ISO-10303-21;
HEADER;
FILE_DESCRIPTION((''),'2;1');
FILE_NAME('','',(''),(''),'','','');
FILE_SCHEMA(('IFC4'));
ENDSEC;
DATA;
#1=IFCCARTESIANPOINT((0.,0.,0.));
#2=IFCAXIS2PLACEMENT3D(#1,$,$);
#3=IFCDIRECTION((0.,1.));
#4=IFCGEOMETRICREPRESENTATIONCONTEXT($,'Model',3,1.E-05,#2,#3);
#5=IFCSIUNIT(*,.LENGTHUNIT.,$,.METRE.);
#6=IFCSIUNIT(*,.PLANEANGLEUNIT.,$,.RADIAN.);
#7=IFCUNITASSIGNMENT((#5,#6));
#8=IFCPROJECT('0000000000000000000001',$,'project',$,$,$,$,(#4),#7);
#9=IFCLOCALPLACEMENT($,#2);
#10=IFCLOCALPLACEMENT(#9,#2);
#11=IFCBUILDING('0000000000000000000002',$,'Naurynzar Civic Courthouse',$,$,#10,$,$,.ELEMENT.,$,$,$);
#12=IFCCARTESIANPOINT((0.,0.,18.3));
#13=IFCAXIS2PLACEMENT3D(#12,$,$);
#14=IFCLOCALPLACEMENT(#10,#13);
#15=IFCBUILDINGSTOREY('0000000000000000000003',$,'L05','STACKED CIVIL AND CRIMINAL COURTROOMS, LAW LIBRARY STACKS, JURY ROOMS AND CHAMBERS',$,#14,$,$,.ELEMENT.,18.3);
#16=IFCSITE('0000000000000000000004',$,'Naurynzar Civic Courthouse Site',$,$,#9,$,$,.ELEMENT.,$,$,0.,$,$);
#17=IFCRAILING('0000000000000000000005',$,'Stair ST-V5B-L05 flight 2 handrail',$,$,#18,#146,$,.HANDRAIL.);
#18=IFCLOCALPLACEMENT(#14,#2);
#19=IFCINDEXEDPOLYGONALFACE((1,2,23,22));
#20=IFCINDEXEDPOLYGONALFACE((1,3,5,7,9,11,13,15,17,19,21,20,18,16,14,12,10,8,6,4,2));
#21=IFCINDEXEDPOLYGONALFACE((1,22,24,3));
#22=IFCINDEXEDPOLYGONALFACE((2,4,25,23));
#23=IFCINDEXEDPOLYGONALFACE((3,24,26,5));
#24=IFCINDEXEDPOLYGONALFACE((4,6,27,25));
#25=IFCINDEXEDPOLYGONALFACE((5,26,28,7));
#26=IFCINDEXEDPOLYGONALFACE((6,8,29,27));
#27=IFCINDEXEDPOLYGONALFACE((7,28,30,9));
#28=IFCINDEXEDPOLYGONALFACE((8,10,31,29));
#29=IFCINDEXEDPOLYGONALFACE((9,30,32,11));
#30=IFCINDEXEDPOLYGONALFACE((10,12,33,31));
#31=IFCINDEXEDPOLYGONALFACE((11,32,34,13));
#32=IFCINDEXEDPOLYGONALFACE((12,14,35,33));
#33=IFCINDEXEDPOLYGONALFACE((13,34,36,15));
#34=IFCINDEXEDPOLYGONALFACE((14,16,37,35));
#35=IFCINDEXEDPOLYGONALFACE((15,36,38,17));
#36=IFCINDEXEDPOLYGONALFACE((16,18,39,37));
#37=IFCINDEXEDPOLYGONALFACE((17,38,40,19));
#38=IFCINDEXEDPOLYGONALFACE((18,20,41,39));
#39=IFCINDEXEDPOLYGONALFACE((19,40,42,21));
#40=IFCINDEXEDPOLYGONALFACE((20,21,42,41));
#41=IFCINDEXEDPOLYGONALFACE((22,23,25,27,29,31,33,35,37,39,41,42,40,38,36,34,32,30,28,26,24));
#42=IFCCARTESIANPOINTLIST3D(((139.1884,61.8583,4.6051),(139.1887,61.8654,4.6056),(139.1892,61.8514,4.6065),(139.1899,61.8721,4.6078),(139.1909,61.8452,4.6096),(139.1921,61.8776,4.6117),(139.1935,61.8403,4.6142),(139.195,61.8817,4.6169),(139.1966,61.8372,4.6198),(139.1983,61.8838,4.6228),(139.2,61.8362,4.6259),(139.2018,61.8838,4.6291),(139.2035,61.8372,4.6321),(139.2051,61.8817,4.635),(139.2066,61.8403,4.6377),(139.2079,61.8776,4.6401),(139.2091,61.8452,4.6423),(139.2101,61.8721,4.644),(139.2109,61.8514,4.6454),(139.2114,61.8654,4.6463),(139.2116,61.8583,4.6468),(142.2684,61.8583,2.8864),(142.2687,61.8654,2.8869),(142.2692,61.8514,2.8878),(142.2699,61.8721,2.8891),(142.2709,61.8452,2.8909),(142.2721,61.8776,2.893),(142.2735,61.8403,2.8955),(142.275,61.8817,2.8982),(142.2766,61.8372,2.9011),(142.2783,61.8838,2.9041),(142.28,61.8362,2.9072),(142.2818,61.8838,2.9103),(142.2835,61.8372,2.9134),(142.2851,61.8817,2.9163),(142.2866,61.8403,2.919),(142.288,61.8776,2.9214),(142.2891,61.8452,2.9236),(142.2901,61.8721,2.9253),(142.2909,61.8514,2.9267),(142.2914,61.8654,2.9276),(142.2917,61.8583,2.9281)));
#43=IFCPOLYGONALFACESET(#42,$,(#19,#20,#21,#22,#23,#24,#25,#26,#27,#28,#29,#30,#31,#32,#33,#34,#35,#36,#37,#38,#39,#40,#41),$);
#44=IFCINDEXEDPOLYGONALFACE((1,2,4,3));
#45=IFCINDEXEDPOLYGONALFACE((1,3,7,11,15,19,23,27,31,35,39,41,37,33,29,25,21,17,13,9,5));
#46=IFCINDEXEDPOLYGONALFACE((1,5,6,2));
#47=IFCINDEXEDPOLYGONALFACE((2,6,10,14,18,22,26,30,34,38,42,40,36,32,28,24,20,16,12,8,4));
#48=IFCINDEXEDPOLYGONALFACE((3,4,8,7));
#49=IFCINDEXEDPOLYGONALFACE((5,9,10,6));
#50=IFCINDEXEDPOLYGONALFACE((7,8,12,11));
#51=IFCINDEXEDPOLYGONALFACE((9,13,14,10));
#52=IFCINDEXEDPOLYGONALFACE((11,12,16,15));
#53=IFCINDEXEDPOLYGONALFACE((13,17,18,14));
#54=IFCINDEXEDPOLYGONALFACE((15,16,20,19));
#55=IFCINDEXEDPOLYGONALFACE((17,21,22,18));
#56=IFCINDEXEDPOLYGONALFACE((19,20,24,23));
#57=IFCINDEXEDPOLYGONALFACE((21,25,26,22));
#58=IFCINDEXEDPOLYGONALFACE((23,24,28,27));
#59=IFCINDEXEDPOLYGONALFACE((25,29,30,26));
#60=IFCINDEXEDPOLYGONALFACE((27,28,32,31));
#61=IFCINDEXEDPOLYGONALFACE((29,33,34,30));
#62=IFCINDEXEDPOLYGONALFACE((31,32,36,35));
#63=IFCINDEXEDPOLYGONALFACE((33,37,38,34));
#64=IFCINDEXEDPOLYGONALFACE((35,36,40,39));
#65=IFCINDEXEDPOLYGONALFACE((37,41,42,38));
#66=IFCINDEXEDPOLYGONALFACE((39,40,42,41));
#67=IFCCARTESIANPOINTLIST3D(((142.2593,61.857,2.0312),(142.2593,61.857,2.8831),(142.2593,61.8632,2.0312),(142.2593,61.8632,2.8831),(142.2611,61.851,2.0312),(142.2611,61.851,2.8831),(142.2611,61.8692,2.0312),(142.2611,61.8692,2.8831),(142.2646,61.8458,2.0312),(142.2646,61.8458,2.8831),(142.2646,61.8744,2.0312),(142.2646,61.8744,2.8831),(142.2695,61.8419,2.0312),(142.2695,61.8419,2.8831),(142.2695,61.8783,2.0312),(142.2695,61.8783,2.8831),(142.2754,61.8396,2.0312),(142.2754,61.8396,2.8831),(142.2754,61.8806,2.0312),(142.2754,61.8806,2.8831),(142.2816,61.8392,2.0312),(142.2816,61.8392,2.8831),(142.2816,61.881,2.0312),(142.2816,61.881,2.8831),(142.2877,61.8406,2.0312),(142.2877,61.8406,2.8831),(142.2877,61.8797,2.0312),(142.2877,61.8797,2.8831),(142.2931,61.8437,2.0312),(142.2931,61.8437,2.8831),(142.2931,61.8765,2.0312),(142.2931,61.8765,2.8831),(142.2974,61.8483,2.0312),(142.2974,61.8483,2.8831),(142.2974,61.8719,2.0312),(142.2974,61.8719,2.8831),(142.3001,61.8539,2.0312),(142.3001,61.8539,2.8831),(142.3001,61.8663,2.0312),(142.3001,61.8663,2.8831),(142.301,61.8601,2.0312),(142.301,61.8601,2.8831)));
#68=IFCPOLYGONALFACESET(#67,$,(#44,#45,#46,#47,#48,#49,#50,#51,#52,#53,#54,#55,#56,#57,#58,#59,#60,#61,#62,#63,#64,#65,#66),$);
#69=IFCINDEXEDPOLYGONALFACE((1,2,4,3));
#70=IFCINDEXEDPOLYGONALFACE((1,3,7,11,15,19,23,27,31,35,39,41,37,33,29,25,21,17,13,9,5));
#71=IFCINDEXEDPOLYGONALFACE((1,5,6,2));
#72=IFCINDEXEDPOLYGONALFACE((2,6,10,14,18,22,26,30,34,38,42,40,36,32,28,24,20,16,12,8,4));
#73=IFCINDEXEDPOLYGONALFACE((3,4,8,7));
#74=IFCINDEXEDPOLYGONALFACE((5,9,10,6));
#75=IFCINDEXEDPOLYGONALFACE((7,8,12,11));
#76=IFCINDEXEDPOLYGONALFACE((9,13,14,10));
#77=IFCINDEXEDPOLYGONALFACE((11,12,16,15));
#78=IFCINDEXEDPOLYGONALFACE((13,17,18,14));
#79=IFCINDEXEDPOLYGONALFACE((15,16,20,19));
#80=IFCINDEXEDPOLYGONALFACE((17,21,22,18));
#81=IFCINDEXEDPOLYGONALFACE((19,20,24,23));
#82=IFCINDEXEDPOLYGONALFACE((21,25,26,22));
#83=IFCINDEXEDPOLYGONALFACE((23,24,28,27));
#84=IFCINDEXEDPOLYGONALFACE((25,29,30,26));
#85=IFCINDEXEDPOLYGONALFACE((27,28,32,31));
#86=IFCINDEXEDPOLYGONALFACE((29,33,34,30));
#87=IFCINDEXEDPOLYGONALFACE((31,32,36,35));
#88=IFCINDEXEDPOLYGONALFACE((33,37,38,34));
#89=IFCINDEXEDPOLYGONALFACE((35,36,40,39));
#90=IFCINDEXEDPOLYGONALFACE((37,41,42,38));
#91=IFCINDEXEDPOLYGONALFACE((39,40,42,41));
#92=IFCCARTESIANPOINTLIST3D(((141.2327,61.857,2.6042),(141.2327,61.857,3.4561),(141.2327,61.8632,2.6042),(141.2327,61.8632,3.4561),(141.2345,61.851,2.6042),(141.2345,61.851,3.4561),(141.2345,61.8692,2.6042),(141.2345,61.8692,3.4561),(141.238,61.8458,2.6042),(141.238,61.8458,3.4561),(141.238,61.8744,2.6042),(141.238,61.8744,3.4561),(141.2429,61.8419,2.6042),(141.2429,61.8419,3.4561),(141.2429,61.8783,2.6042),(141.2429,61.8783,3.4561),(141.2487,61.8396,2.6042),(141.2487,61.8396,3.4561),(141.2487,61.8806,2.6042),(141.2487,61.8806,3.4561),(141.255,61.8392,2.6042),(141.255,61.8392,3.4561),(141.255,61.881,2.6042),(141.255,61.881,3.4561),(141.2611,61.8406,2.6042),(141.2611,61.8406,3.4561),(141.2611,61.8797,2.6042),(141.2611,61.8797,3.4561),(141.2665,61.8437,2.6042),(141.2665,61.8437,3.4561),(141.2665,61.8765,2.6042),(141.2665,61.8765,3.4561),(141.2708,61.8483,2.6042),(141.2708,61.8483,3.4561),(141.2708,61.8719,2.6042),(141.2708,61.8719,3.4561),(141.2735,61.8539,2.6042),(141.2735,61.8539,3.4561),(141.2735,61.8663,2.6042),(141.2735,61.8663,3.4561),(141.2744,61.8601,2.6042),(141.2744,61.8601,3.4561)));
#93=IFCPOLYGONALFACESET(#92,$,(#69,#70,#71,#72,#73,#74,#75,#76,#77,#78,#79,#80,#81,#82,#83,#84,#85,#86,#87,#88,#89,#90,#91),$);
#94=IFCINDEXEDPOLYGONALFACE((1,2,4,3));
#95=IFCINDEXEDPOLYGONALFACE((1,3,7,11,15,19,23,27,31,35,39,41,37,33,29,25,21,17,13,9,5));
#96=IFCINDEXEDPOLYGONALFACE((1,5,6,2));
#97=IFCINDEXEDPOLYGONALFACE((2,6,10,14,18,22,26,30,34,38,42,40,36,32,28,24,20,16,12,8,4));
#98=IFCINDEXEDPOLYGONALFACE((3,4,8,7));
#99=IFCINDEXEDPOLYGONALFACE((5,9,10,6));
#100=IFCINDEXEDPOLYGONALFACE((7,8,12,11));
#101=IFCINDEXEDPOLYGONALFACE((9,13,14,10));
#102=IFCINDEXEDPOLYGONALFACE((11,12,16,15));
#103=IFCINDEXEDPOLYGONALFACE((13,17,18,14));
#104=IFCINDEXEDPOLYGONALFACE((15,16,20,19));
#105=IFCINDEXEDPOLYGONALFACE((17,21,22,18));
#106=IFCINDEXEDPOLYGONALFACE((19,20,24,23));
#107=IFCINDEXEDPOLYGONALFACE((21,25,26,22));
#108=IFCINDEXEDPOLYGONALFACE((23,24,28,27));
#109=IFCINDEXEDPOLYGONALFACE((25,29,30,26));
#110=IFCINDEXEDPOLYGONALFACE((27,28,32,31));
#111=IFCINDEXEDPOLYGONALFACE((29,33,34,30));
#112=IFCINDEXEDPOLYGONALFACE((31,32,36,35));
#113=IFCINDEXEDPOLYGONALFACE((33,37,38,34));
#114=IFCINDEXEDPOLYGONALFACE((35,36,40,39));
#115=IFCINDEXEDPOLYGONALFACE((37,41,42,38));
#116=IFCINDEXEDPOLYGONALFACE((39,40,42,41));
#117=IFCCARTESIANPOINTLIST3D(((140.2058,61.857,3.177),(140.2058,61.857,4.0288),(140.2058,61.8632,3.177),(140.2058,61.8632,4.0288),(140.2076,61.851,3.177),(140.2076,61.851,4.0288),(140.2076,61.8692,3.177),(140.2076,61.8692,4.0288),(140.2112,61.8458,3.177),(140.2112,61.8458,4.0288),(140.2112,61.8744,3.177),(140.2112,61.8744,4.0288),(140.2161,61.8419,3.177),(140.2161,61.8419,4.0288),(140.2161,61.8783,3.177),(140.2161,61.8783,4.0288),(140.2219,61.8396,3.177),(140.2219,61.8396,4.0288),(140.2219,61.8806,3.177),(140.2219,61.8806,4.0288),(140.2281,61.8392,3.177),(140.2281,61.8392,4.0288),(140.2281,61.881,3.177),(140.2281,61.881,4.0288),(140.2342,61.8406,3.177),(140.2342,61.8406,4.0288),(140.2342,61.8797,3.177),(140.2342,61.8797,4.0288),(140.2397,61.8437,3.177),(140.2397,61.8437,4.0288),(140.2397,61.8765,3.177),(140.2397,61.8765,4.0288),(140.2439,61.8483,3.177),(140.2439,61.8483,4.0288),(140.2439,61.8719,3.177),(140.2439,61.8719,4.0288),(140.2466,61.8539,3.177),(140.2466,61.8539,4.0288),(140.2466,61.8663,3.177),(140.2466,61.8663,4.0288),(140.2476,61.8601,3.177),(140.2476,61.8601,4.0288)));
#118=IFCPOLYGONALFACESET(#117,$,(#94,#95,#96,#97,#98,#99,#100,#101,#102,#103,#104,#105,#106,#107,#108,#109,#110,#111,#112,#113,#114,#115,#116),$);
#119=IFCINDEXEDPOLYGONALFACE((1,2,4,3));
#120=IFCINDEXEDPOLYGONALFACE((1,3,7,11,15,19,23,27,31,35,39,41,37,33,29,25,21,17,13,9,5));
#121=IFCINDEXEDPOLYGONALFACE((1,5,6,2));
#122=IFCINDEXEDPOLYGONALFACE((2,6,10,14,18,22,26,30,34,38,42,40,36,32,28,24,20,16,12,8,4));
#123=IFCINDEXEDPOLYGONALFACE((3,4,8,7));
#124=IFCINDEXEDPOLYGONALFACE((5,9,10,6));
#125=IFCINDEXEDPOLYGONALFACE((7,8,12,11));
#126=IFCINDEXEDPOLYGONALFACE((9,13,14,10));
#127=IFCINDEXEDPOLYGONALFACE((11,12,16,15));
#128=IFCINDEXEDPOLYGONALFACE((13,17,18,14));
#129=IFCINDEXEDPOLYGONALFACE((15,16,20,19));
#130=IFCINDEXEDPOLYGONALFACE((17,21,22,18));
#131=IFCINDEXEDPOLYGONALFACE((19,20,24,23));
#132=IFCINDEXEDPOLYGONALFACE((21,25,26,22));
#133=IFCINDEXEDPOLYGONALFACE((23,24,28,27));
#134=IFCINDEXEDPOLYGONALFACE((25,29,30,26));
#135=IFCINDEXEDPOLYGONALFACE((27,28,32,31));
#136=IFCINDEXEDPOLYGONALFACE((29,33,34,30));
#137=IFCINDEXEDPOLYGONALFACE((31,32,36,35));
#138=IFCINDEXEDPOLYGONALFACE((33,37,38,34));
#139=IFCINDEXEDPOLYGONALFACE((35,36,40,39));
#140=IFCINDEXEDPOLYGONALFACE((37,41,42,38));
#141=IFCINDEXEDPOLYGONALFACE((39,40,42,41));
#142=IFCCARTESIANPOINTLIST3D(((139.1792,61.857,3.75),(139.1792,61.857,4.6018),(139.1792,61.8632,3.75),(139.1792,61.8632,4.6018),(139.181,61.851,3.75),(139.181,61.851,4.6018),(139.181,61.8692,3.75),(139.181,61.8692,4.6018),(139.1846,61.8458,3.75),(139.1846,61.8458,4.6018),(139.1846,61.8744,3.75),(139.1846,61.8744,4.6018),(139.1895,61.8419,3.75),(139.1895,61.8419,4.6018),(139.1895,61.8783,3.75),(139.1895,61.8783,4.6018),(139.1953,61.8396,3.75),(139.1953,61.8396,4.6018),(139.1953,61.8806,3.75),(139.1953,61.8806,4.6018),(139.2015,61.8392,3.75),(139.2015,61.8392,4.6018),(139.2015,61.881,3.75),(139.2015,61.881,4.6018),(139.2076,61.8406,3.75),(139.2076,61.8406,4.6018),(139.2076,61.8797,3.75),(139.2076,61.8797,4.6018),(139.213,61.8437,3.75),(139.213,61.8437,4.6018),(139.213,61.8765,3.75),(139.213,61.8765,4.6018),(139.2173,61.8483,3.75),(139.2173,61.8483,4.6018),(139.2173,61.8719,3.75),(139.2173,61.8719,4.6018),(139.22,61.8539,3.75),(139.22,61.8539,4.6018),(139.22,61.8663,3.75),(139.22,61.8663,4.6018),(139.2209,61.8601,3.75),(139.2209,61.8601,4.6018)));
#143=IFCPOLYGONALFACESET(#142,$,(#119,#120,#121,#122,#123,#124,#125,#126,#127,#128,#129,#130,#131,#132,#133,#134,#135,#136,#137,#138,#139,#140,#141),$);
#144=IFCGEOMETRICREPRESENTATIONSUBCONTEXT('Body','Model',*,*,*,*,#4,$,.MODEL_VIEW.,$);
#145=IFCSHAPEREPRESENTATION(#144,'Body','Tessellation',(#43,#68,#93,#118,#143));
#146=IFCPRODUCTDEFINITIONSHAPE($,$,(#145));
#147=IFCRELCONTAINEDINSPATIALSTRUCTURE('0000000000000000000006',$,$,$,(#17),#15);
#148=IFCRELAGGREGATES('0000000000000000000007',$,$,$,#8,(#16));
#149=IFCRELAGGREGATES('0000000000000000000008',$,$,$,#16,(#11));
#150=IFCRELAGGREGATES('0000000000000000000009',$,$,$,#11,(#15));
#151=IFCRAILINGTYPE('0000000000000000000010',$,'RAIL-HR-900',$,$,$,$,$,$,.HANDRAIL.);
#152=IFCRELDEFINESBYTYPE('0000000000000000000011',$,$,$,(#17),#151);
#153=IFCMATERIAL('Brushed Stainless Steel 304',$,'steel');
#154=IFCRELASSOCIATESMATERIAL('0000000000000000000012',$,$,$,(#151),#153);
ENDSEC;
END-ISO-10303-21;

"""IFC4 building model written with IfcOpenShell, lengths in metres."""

from ifc_helpers import new_model, si_unit, direction, frame, origin, origin_2d, place, context, subcontext, project, spatial, circle, extrude, material, type_object, element, save


model = new_model("IFC4")

# Units and contexts
model_context = context("Model", 3, precision=1e-05, world=origin(), true_north=direction((0.0, 1.0)))
body_context = subcontext(model_context, "Body", "Model", "MODEL_VIEW")
ifc_project = project(units=[si_unit("LENGTHUNIT", "METRE"), si_unit("PLANEANGLEUNIT", "RADIAN")], contexts=[model_context])

# Site, building, storey
site_placement = place(None, origin())
site = spatial("IfcSite", under=ifc_project, at=site_placement, Name="Naurynzar Civic Courthouse Site", CompositionType="ELEMENT", RefElevation=0.0)
building_placement = place(site_placement, origin())
building = spatial("IfcBuilding", under=site, at=building_placement, Name="Naurynzar Civic Courthouse", CompositionType="ELEMENT")
storey_placement = place(building_placement, frame((0.0, 0.0, 18.3)))
storey = spatial("IfcBuildingStorey", under=building, at=storey_placement, Name="L05", Description="STACKED CIVIL AND CRIMINAL COURTROOMS, LAW LIBRARY STACKS, JURY ROOMS AND CHAMBERS", CompositionType="ELEMENT", Elevation=18.3)

# Railing
ifc_material_1 = material(Name="Brushed Stainless Steel 304", Category="steel")
railing_type_1 = type_object("IfcRailingType", Name="RAIL-HR-900", PredefinedType="HANDRAIL", material=ifc_material_1)
railing_1_placement = place(storey_placement, frame((142.28, 61.8601, 2.0312)))
element("IfcRailing", 1, at=railing_1_placement, inside=storey, type_object=railing_type_1, Name="Stair ST-V5B-L05 flight 2 handrail", PredefinedType="HANDRAIL", context=body_context, shape_type="SweptSolid", body=[
    extrude(circle(Radius=0.0239, at=origin_2d()), frame((0.0, 0.0, 0.876), z_axis=(-0.873242, 0.0, 0.487288), x_axis=(0.0, -1.0, 0.0)), (0.0, 0.0, 1.0), 3.5271),
    extrude(circle(Radius=0.021, at=origin_2d()), origin(), (0.0, 0.0, 1.0), 0.8518),
    extrude(circle(Radius=0.021, at=origin_2d()), frame((-1.0266, 0.0, 0.573)), (0.0, 0.0, 1.0), 0.8518),
    extrude(circle(Radius=0.021, at=origin_2d()), frame((-2.0535, 0.0, 1.1458)), (0.0, 0.0, 1.0), 0.8518),
    extrude(circle(Radius=0.021, at=origin_2d()), frame((-3.0801, 0.0, 1.7188)), (0.0, 0.0, 1.0), 0.8518),
])

save(model, "model.ifc")
